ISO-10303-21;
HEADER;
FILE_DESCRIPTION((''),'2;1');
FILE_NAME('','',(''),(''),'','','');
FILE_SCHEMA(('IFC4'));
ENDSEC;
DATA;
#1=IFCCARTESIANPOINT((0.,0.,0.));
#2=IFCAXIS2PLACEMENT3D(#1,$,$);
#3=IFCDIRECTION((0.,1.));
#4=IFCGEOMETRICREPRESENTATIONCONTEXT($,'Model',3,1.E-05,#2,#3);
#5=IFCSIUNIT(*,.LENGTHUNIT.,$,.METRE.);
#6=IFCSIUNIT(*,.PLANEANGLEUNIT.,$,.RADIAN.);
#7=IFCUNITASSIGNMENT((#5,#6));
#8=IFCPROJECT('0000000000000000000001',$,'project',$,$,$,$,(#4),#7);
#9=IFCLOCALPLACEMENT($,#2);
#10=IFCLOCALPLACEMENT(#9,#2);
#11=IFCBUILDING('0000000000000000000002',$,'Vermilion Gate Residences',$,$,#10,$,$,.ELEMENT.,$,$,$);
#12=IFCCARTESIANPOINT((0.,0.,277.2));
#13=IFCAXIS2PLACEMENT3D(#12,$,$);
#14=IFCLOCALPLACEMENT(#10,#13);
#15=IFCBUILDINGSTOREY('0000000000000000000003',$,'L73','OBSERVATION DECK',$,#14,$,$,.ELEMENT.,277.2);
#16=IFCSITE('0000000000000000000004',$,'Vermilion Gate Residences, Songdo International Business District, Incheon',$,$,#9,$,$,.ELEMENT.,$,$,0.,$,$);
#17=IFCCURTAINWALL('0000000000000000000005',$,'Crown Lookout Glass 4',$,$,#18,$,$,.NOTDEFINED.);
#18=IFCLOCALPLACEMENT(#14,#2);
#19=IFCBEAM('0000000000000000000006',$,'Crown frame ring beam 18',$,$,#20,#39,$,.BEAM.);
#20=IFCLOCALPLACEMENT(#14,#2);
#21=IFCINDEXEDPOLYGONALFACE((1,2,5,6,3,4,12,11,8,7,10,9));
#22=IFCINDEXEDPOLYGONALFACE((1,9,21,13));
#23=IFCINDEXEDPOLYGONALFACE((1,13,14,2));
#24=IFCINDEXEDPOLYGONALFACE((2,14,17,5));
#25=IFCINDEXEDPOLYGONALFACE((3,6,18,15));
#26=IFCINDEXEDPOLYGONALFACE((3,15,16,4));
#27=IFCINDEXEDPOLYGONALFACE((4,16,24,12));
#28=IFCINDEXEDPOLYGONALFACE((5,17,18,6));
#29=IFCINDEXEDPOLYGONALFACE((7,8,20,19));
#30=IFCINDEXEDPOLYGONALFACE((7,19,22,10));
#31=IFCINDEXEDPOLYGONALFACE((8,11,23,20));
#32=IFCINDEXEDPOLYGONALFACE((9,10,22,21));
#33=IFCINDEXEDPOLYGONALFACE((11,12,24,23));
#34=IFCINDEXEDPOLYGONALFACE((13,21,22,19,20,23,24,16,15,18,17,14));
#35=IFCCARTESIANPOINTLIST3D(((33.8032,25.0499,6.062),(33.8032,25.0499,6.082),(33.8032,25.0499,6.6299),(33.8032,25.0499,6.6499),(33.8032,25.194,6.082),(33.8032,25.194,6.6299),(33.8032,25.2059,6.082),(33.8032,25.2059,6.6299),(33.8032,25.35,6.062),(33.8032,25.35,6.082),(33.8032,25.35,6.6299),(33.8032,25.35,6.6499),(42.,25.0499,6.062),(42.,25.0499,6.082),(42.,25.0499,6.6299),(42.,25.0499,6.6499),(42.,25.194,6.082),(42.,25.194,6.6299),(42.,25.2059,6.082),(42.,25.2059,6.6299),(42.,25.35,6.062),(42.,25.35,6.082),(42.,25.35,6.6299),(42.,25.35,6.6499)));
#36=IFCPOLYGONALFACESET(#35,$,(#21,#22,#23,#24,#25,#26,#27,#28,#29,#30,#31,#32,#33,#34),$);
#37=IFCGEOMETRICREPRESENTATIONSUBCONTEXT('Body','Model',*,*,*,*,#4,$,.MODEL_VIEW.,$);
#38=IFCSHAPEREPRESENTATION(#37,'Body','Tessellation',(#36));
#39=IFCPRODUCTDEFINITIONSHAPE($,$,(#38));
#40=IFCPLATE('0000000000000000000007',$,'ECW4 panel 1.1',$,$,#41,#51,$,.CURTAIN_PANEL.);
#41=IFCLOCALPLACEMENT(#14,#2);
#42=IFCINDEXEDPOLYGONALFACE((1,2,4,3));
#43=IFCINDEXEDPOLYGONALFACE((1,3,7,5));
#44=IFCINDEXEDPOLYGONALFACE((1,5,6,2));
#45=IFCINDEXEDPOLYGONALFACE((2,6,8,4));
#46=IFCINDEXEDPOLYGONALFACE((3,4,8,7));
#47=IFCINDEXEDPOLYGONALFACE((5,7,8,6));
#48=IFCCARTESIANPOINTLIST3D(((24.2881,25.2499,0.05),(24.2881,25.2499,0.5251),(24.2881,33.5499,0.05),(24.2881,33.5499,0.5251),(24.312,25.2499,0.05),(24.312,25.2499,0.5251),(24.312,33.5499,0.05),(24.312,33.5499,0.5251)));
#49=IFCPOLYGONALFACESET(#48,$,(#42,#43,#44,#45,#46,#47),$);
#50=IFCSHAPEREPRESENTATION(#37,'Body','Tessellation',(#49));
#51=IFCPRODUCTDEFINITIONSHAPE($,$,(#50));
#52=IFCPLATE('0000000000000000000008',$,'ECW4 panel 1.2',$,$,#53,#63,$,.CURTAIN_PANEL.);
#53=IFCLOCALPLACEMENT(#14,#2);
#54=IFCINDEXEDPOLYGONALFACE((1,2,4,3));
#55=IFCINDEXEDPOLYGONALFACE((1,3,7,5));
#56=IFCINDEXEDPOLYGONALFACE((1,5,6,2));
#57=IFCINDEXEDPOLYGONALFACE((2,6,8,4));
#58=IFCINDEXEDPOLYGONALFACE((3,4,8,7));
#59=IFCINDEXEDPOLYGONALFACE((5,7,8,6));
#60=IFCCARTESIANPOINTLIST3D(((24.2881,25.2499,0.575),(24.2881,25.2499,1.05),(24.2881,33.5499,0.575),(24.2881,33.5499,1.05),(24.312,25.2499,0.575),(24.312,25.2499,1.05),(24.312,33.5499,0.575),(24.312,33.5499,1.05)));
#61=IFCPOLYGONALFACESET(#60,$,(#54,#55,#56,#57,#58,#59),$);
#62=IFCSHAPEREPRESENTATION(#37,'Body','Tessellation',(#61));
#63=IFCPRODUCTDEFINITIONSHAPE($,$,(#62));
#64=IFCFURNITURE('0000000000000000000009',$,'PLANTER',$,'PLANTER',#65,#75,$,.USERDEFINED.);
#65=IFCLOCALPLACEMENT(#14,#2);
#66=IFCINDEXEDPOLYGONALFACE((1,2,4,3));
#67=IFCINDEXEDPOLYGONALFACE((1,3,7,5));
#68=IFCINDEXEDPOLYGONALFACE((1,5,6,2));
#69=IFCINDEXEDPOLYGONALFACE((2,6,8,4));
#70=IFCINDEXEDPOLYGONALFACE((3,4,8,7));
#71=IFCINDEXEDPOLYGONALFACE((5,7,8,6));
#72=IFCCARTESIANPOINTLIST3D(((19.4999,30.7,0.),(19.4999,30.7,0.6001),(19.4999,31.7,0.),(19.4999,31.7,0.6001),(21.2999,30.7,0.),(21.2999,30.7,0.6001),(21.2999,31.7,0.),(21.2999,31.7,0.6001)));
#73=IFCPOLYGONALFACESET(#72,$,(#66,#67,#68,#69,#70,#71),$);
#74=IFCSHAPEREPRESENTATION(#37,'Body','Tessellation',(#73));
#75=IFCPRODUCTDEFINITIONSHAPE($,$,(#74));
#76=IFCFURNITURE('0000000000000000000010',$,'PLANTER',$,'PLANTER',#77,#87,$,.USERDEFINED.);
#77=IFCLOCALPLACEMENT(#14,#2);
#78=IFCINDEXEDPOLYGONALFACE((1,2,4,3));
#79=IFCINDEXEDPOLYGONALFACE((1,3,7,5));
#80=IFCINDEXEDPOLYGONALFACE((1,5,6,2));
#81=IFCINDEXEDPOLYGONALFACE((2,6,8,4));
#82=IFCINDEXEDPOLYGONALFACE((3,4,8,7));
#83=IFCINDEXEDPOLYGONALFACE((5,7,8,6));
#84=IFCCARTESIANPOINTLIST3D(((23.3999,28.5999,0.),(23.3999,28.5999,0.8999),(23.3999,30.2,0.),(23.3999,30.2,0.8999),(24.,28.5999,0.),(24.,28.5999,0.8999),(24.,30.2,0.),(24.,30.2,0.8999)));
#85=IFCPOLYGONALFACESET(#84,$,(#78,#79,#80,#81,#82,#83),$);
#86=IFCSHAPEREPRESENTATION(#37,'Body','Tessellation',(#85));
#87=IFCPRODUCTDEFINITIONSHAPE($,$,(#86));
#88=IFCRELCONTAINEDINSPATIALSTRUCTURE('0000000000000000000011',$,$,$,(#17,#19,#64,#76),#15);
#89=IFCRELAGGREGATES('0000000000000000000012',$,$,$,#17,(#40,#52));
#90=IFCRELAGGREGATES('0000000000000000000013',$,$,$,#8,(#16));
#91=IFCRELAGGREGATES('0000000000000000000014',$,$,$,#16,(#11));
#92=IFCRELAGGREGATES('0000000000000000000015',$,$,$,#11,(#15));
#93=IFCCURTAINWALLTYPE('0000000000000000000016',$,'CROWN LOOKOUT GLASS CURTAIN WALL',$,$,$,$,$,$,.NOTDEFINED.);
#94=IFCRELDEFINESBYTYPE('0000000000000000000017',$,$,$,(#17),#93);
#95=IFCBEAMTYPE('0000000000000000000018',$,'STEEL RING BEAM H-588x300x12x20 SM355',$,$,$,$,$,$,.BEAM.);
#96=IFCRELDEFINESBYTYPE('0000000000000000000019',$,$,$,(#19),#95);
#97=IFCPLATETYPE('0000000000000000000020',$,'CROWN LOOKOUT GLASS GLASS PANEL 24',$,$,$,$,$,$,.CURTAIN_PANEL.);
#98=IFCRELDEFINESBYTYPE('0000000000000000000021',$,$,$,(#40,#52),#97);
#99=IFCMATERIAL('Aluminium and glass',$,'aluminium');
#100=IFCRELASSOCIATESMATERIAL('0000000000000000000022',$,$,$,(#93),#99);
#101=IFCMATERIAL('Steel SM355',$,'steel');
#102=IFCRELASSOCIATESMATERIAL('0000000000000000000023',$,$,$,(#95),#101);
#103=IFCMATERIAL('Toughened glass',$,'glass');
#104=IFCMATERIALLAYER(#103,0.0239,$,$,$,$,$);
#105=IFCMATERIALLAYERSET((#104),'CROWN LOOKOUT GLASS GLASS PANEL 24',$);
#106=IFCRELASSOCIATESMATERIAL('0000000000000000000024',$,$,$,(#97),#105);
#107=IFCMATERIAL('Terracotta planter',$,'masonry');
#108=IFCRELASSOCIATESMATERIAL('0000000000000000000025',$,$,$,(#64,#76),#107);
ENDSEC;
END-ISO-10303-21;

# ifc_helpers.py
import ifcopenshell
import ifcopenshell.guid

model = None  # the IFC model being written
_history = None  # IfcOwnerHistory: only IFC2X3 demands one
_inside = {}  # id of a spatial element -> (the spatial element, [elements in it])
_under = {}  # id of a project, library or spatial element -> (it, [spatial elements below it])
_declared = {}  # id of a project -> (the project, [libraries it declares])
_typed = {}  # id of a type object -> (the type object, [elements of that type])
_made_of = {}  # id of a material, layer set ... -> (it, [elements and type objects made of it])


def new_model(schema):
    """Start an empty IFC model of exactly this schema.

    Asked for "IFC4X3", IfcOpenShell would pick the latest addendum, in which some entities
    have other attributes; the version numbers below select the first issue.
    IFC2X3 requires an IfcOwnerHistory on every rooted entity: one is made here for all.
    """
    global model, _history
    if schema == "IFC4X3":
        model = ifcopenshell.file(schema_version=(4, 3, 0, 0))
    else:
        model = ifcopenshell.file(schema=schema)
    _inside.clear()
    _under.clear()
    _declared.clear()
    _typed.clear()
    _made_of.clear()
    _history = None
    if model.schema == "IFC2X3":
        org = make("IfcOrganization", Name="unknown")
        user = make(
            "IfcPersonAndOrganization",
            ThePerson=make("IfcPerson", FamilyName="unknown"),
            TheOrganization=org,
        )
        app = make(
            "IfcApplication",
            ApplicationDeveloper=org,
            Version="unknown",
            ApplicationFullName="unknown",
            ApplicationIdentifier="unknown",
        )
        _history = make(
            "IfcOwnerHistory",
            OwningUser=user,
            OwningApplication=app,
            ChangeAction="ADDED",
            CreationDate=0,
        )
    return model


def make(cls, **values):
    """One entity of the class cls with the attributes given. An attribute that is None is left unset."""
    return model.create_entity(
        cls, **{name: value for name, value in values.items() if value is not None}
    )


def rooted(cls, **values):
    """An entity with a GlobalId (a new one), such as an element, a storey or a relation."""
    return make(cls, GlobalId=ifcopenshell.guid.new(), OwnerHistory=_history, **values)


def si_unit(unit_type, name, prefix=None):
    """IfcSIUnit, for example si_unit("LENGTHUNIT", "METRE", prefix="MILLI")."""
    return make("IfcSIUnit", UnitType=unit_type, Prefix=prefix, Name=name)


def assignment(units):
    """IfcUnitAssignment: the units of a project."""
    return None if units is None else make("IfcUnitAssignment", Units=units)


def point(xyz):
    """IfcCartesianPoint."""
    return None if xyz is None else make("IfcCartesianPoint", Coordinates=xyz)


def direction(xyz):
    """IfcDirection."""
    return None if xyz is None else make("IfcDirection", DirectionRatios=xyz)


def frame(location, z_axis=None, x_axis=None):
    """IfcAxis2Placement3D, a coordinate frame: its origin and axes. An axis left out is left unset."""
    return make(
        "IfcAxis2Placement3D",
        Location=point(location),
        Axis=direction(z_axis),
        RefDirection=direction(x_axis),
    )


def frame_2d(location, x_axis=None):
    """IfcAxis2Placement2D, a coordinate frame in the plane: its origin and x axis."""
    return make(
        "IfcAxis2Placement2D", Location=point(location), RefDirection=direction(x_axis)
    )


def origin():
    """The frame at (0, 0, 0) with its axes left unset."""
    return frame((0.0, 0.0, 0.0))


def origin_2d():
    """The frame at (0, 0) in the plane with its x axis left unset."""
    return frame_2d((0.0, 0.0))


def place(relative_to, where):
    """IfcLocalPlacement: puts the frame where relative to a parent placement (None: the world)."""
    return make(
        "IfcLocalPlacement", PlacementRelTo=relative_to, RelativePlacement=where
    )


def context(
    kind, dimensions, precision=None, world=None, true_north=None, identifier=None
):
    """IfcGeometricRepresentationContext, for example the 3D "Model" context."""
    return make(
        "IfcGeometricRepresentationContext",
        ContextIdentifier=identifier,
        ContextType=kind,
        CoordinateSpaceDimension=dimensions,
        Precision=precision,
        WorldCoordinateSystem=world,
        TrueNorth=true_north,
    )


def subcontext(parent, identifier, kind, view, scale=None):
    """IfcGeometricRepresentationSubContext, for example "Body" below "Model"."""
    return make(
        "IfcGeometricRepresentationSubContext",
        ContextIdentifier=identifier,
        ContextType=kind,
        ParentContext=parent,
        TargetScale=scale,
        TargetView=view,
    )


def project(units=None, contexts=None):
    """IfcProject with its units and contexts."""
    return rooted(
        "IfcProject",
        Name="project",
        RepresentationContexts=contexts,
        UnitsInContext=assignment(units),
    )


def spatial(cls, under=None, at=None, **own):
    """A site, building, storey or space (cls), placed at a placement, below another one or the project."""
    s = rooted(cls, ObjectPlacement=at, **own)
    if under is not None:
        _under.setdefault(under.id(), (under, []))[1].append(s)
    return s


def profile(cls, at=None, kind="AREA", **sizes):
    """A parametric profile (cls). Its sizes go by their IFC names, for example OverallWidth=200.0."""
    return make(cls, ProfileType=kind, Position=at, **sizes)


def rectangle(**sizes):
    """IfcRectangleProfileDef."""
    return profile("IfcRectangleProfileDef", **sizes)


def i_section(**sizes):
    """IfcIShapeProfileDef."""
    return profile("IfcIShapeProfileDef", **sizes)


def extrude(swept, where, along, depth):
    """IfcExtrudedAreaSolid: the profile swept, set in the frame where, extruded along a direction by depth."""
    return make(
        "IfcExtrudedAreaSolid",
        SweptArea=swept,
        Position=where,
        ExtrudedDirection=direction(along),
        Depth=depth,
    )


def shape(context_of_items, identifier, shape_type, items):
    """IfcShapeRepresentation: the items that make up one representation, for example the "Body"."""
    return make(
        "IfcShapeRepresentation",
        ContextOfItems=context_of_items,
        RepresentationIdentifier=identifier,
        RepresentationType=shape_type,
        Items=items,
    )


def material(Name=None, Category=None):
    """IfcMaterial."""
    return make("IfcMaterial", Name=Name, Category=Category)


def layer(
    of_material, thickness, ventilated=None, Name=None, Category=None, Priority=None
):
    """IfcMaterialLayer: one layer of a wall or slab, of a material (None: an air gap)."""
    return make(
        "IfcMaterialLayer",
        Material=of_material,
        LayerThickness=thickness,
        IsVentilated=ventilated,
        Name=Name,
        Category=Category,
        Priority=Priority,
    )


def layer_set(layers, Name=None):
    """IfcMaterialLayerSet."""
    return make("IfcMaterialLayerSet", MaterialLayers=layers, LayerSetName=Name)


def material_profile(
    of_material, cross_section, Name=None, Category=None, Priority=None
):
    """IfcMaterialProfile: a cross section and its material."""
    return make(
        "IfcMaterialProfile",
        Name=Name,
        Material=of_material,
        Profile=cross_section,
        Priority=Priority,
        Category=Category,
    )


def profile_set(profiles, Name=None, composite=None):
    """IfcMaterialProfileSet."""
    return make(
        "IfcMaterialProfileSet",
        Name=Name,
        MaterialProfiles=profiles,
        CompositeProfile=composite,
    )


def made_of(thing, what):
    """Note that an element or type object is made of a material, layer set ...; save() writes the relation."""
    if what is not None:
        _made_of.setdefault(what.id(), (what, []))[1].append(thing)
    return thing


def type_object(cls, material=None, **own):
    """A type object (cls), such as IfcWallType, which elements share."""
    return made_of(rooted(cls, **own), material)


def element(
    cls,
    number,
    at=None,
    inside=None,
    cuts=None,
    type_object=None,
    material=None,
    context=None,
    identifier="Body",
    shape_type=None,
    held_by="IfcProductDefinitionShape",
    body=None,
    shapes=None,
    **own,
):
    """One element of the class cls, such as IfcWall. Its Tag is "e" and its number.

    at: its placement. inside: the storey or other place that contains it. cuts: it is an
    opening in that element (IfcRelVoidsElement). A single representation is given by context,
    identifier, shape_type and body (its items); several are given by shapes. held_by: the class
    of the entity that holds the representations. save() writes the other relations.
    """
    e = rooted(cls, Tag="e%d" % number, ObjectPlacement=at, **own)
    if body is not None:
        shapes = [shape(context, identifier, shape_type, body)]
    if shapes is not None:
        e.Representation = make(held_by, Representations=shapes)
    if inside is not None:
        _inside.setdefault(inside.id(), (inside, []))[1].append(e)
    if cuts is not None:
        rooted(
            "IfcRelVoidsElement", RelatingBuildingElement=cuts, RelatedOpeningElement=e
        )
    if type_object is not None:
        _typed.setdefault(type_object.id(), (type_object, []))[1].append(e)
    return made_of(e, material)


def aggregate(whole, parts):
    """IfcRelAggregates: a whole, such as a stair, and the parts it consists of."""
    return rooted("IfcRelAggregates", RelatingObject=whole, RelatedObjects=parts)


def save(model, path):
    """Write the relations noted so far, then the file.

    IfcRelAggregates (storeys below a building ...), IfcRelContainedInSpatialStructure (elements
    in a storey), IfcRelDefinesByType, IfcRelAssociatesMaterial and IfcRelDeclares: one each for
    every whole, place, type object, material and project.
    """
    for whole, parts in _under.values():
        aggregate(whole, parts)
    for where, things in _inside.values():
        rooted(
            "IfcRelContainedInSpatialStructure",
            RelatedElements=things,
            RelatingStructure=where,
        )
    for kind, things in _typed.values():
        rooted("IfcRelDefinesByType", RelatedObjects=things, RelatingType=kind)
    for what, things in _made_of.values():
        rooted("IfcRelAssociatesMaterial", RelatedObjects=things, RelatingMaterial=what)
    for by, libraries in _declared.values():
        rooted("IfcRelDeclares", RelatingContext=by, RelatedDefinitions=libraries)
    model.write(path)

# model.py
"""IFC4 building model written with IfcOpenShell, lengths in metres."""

from ifc_helpers import new_model, si_unit, direction, frame, origin, origin_2d, place, context, subcontext, project, spatial, rectangle, i_section, extrude, material, layer, layer_set, material_profile, profile_set, type_object, element, aggregate, save


model = new_model("IFC4")

# Units and contexts
model_context = context("Model", 3, precision=1e-05, world=origin(), true_north=direction((0.0, 1.0)))
body_context = subcontext(model_context, "Body", "Model", "MODEL_VIEW")
ifc_project = project(units=[si_unit("LENGTHUNIT", "METRE"), si_unit("PLANEANGLEUNIT", "RADIAN")], contexts=[model_context])

# Site, building, storey
site_placement = place(None, origin())
site = spatial("IfcSite", under=ifc_project, at=site_placement, Name="Vermilion Gate Residences, Songdo International Business District, Incheon", CompositionType="ELEMENT", RefElevation=0.0)
building_placement = place(site_placement, origin())
building = spatial("IfcBuilding", under=site, at=building_placement, Name="Vermilion Gate Residences", CompositionType="ELEMENT")
storey_placement = place(building_placement, frame((0.0, 0.0, 277.2)))
storey = spatial("IfcBuildingStorey", under=building, at=storey_placement, Name="L73", Description="OBSERVATION DECK", CompositionType="ELEMENT", Elevation=277.2)

# Curtain wall
ifc_material_1 = material(Name="Aluminium and glass", Category="aluminium")
curtain_wall_type = type_object("IfcCurtainWallType", Name="CROWN LOOKOUT GLASS CURTAIN WALL", PredefinedType="NOTDEFINED", material=ifc_material_1)
curtain_wall_1_placement = place(storey_placement, origin())
curtain_wall_1 = element("IfcCurtainWall", 1, at=curtain_wall_1_placement, inside=storey, type_object=curtain_wall_type, Name="Crown Lookout Glass 4", PredefinedType="NOTDEFINED")

# Beam
ifc_material_2 = material(Name="Steel SM355", Category="steel")
ifc_material_profile_1 = material_profile(ifc_material_2, i_section(OverallWidth=0.3, OverallDepth=0.5879, WebThickness=0.012, FlangeThickness=0.02, at=origin_2d()), Name="H-588x300x12x20")
ifc_profile_set_1 = profile_set([ifc_material_profile_1], Name="Steel SM355")
beam_type = type_object("IfcBeamType", Name="STEEL RING BEAM H-588x300x12x20 SM355", PredefinedType="BEAM", material=ifc_profile_set_1)
beam_1_placement = place(storey_placement, frame((33.8032, 25.2, 6.356), z_axis=(1.0, 0.0, 0.0), x_axis=(0.0, 1.0, 0.0)))
element("IfcBeam", 2, at=beam_1_placement, inside=storey, type_object=beam_type, Name="Crown frame ring beam 18", PredefinedType="BEAM", context=body_context, shape_type="SweptSolid", body=[
    extrude(i_section(OverallWidth=0.3, OverallDepth=0.5879, WebThickness=0.012, FlangeThickness=0.02, at=origin_2d()), origin(), (0.0, 0.0, 1.0), 8.1968),
])

# Plates
ifc_material_3 = material(Name="Toughened glass", Category="glass")
ifc_layer = layer(ifc_material_3, 0.0239)
ifc_layer_set = layer_set([ifc_layer], Name="CROWN LOOKOUT GLASS GLASS PANEL 24")
plate_type = type_object("IfcPlateType", Name="CROWN LOOKOUT GLASS GLASS PANEL 24", PredefinedType="CURTAIN_PANEL", material=ifc_layer_set)
plate_1_placement = place(storey_placement, frame((24.3, 29.3999, 0.05), z_axis=(0.0, 0.0, 1.0), x_axis=(0.0, 1.0, 0.0)))
plate_1 = element("IfcPlate", 3, at=plate_1_placement, type_object=plate_type, Name="ECW4 panel 1.1", PredefinedType="CURTAIN_PANEL", context=body_context, shape_type="SweptSolid", body=[
    extrude(rectangle(XDim=8.3, YDim=0.0239, at=origin_2d()), origin(), (0.0, 0.0, 1.0), 0.4751),
])
plate_2_placement = place(storey_placement, frame((24.3, 29.3999, 0.575), z_axis=(0.0, 0.0, 1.0), x_axis=(0.0, 1.0, 0.0)))
plate_2 = element("IfcPlate", 4, at=plate_2_placement, type_object=plate_type, Name="ECW4 panel 1.2", PredefinedType="CURTAIN_PANEL", context=body_context, shape_type="SweptSolid", body=[
    extrude(rectangle(XDim=8.3, YDim=0.0239, at=origin_2d()), origin(), (0.0, 0.0, 1.0), 0.4751),
])
aggregate(curtain_wall_1, [plate_1, plate_2])

# Furniture
ifc_material_4 = material(Name="Terracotta planter", Category="masonry")
furniture_1_placement = place(storey_placement, frame((20.3999, 31.2, 0.0), z_axis=(0.0, 0.0, 1.0), x_axis=(1.0, 0.0, 0.0)))
element("IfcFurniture", 5, at=furniture_1_placement, inside=storey, material=ifc_material_4, Name="PLANTER", ObjectType="PLANTER", PredefinedType="USERDEFINED", context=body_context, shape_type="SweptSolid", body=[
    extrude(rectangle(XDim=1.8, YDim=1.0, at=origin_2d()), origin(), (0.0, 0.0, 1.0), 0.6001),
])
furniture_2_placement = place(storey_placement, frame((23.7, 29.3999, 0.0), z_axis=(0.0, 0.0, 1.0), x_axis=(0.0, 1.0, 0.0)))
element("IfcFurniture", 6, at=furniture_2_placement, inside=storey, material=ifc_material_4, Name="PLANTER", ObjectType="PLANTER", PredefinedType="USERDEFINED", context=body_context, shape_type="SweptSolid", body=[
    extrude(rectangle(XDim=1.6001, YDim=0.6001, at=origin_2d()), origin(), (0.0, 0.0, 1.0), 0.8999),
])

save(model, "model.ifc")
